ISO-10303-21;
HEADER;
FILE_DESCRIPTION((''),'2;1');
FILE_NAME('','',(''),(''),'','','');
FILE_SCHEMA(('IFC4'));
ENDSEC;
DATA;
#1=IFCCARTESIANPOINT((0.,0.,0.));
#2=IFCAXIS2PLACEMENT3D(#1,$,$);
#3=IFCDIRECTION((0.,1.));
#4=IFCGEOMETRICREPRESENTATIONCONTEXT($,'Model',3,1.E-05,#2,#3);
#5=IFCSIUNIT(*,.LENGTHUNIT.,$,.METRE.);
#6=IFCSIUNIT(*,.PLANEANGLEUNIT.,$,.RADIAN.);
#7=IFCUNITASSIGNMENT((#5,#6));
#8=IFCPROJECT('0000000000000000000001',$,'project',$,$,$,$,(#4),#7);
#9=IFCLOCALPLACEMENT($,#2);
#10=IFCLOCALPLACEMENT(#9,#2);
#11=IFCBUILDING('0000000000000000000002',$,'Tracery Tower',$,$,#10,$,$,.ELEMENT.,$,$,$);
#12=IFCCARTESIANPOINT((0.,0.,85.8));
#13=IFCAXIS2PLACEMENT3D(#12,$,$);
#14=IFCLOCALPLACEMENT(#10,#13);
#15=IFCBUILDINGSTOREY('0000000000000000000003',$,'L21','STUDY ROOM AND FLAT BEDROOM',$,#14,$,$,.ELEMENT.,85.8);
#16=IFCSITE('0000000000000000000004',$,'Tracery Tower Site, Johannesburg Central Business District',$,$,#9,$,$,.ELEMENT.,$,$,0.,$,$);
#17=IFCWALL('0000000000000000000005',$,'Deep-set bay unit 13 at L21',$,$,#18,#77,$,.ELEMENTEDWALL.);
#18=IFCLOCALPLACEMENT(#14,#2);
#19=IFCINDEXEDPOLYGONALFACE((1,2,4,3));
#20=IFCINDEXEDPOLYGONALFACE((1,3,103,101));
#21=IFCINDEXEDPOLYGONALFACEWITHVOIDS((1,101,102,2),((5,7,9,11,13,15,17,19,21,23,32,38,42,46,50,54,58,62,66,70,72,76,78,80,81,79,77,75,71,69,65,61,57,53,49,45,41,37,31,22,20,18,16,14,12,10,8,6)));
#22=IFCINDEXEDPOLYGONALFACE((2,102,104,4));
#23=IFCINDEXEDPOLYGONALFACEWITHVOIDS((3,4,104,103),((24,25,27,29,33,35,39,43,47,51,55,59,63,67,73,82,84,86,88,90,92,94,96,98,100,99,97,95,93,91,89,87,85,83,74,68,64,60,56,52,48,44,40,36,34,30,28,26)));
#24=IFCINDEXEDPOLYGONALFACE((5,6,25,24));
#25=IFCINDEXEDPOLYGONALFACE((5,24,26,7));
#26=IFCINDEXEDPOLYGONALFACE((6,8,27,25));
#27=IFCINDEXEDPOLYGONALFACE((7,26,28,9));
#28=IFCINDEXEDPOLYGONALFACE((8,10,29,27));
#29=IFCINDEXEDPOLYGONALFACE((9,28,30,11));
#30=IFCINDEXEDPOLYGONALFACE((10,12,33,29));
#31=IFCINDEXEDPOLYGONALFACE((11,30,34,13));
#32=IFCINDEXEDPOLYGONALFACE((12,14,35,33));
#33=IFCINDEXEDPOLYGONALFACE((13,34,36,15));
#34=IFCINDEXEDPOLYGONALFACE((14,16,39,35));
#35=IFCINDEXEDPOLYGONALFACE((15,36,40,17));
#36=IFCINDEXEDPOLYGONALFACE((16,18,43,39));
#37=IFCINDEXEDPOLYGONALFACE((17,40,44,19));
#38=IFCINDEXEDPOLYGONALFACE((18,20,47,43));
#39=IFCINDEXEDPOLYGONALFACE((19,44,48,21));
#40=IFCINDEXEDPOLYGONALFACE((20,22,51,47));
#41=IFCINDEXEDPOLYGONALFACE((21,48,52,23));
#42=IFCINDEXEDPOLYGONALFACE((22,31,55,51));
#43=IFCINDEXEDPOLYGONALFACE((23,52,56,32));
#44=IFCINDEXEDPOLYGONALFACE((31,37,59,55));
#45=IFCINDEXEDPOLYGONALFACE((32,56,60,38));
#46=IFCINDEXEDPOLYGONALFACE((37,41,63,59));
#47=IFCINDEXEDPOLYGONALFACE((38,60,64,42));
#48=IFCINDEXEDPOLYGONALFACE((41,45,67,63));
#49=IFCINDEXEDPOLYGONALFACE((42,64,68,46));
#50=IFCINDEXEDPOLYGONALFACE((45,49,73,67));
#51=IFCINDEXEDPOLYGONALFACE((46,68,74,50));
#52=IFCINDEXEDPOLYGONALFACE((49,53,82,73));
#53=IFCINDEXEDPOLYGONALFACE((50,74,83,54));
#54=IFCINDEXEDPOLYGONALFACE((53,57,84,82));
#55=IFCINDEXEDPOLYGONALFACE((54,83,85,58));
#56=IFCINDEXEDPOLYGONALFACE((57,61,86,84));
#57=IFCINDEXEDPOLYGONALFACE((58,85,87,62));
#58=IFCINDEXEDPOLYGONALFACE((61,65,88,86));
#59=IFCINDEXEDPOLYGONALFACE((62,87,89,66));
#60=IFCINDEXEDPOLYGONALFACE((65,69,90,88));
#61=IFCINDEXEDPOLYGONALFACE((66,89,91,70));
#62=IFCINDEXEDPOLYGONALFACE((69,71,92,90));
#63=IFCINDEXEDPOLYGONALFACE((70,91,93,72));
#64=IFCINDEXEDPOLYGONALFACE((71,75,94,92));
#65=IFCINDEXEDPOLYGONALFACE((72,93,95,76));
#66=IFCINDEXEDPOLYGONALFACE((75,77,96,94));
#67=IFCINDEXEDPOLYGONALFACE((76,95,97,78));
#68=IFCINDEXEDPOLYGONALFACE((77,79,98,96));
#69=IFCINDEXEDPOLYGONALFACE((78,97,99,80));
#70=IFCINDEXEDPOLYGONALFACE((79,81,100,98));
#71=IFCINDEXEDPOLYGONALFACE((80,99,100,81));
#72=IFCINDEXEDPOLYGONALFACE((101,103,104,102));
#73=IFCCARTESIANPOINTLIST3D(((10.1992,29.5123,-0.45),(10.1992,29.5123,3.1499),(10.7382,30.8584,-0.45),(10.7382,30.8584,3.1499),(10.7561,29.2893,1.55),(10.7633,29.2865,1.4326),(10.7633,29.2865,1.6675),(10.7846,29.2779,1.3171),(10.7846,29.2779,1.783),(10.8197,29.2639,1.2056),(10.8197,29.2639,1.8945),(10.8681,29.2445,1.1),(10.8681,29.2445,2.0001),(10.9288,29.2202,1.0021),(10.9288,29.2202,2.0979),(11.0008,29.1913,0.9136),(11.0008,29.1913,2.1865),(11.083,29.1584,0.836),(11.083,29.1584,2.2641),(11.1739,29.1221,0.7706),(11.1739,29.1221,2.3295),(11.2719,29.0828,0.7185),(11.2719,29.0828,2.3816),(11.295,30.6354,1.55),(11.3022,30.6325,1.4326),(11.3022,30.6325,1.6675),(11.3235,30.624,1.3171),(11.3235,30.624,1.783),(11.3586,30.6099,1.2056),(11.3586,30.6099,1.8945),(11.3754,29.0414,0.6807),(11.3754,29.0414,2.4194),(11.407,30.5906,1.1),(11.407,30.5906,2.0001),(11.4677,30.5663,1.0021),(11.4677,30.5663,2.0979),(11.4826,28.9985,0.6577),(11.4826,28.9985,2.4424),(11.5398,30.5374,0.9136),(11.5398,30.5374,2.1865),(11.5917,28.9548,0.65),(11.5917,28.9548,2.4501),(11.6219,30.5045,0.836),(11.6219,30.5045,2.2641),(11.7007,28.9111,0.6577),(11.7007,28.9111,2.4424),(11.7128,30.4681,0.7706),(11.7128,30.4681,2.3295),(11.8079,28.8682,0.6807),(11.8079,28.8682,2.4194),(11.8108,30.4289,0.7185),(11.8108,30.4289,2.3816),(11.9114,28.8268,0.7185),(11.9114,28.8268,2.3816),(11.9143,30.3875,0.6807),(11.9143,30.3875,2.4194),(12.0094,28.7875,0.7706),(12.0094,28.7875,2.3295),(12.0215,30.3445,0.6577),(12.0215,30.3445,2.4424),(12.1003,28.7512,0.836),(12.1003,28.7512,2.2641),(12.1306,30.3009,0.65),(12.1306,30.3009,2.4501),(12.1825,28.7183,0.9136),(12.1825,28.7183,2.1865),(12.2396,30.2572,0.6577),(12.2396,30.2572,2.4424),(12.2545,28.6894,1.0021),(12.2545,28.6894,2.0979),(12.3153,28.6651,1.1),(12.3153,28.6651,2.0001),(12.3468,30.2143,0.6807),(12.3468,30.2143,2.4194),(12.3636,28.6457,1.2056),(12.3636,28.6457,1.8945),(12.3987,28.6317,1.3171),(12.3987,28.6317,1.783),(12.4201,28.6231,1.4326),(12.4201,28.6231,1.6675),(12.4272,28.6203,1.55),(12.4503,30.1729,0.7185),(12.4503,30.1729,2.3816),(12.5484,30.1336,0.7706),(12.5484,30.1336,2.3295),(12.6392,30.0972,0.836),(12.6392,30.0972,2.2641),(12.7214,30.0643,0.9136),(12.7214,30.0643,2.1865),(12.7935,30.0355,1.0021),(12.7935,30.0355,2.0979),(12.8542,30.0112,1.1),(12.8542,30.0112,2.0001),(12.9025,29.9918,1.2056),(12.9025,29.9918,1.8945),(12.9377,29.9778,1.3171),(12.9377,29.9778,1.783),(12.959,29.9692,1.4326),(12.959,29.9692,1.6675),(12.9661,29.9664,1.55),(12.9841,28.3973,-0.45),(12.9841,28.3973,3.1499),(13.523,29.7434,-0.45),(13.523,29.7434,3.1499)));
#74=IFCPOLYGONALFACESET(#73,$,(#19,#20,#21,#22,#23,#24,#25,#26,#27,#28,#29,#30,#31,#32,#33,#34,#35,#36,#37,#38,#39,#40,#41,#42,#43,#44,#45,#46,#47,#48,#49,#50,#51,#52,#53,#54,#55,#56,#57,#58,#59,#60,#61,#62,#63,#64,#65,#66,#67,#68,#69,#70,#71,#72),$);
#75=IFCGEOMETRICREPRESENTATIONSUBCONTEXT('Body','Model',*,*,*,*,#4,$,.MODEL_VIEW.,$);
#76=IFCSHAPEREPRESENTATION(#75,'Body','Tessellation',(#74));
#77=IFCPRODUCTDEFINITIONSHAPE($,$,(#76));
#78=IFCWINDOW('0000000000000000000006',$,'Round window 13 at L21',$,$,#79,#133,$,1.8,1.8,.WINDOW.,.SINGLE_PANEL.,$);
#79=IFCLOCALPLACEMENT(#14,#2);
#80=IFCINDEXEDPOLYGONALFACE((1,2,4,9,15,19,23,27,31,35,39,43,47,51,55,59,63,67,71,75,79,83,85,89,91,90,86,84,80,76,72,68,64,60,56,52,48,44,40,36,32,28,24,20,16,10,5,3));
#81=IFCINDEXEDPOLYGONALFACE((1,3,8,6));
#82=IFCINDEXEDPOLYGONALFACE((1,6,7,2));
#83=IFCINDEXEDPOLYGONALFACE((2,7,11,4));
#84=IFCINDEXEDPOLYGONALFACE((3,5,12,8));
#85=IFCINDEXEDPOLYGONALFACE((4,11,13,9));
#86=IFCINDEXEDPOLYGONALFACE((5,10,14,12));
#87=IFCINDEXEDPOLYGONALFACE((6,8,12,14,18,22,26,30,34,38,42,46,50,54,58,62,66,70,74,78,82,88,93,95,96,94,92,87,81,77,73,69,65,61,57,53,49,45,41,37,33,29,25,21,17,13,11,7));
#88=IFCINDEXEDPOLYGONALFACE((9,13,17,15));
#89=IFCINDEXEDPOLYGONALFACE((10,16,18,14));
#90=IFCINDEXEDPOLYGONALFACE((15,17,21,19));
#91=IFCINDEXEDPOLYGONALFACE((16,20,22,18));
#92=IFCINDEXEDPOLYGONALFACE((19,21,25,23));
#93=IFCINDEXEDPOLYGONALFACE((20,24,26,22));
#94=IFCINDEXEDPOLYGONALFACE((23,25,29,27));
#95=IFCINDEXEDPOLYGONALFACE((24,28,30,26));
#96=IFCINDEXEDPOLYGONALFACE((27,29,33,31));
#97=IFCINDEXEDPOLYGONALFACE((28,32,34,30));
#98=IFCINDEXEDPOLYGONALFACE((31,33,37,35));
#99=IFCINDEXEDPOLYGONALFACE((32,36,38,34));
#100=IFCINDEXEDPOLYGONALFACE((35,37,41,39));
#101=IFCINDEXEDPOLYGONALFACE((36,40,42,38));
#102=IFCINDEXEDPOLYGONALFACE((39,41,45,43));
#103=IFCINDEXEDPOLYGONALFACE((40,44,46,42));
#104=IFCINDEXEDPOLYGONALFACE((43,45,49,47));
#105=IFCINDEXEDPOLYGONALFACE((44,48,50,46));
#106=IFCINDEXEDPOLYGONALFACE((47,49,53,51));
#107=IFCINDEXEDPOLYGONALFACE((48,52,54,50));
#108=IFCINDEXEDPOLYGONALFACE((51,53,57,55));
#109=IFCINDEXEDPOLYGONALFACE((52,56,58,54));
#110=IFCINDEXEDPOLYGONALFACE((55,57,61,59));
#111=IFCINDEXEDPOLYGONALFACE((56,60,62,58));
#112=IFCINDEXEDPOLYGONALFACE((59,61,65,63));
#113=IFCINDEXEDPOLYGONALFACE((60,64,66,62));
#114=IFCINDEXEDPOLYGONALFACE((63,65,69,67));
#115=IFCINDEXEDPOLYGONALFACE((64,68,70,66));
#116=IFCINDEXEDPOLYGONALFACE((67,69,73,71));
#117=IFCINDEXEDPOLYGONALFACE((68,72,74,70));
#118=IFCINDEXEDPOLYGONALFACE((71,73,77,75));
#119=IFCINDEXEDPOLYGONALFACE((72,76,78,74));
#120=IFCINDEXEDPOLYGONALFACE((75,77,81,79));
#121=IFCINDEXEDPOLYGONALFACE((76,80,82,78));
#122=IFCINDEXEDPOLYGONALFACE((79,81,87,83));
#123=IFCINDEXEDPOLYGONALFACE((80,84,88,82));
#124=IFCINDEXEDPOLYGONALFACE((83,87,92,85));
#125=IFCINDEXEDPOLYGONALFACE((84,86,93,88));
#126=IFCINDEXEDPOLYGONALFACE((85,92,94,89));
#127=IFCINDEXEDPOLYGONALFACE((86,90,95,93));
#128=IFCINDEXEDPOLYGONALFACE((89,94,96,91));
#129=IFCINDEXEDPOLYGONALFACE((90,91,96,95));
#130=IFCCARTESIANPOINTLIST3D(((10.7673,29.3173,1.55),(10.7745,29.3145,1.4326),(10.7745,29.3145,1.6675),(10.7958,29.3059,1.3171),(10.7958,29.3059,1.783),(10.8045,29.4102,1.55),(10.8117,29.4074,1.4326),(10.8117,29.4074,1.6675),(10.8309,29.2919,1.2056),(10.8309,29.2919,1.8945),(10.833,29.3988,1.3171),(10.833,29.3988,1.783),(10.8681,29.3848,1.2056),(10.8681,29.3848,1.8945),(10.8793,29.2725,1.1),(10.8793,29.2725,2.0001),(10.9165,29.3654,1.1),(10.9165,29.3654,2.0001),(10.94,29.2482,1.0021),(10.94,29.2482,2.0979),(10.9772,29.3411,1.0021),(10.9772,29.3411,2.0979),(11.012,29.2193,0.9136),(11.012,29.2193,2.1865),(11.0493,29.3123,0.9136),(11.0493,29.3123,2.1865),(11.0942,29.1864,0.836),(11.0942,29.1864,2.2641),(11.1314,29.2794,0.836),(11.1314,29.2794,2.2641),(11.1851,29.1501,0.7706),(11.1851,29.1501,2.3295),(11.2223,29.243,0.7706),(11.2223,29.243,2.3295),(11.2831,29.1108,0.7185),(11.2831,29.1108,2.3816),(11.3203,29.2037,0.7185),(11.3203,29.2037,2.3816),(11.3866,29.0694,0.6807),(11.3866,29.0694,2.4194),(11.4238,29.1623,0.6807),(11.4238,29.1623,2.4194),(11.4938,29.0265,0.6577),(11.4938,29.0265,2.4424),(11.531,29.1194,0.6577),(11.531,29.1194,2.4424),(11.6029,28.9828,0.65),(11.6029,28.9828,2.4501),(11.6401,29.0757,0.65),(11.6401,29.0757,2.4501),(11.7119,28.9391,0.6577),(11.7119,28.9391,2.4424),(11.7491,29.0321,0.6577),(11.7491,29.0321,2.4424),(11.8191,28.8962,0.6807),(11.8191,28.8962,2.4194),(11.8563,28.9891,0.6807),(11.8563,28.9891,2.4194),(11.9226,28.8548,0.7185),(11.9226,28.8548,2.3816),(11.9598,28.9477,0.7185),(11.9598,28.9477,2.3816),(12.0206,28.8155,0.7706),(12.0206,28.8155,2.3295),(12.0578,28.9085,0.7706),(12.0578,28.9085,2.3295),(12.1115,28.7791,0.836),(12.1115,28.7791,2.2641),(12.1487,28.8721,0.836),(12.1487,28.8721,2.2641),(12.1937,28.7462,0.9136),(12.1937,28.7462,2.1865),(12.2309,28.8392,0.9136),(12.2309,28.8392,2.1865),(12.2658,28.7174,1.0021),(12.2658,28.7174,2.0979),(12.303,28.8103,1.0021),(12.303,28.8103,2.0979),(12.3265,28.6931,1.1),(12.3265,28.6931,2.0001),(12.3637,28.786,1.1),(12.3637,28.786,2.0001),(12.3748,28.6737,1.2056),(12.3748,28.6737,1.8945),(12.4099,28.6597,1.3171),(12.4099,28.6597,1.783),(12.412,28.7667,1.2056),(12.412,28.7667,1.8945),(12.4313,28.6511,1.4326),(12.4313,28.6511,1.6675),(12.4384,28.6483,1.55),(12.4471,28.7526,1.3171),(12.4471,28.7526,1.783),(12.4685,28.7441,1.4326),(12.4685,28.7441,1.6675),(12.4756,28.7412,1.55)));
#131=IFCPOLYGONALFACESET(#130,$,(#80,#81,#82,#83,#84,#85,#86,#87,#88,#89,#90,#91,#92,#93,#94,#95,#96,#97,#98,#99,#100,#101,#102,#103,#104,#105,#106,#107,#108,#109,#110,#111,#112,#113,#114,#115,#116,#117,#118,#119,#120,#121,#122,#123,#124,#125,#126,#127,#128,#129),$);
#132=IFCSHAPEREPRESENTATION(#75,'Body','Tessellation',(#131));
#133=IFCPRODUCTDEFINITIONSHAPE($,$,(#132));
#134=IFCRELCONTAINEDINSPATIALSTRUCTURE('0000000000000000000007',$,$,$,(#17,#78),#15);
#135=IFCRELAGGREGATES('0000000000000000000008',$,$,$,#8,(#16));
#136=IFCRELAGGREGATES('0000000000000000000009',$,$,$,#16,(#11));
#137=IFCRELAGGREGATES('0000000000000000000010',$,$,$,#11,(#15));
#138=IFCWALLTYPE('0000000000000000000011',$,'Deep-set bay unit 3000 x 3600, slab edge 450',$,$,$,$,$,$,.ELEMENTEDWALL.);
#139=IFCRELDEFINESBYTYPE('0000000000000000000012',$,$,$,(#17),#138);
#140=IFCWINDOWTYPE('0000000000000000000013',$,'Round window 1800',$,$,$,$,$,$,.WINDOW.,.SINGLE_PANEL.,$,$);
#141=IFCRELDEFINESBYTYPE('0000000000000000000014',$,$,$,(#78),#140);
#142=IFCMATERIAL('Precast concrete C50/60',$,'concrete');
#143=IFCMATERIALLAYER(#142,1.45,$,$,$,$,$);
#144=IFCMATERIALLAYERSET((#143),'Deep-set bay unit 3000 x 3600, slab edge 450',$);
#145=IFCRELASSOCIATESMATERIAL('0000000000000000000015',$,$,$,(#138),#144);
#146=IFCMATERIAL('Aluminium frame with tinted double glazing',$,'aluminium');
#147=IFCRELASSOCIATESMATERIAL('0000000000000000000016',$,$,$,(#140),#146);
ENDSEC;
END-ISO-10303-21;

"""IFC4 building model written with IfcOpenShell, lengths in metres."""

from ifc_helpers import new_model, si_unit, direction, frame, frame_2d, origin, origin_2d, place, context, subcontext, project, spatial, rectangle, circle, extrude, material, layer, layer_set, type_object, element, fill, save


model = new_model("IFC4")

# Units and contexts
model_context = context("Model", 3, precision=1e-05, world=origin(), true_north=direction((0.0, 1.0)))
body_context = subcontext(model_context, "Body", "Model", "MODEL_VIEW")
ifc_project = project(units=[si_unit("LENGTHUNIT", "METRE"), si_unit("PLANEANGLEUNIT", "RADIAN")], contexts=[model_context])

# Site, building, storey
site_placement = place(None, origin())
site = spatial("IfcSite", under=ifc_project, at=site_placement, Name="Tracery Tower Site, Johannesburg Central Business District", CompositionType="ELEMENT", RefElevation=0.0)
building_placement = place(site_placement, origin())
building = spatial("IfcBuilding", under=site, at=building_placement, Name="Tracery Tower", CompositionType="ELEMENT")
storey_placement = place(building_placement, frame((0.0, 0.0, 85.8)))
storey = spatial("IfcBuildingStorey", under=building, at=storey_placement, Name="L21", Description="STUDY ROOM AND FLAT BEDROOM", CompositionType="ELEMENT", Elevation=85.8)

# Wall, opening, window
ifc_material_1 = material(Name="Precast concrete C50/60", Category="concrete")
ifc_layer_1 = layer(ifc_material_1, 1.45)
ifc_layer_set_1 = layer_set([ifc_layer_1], Name="Deep-set bay unit 3000 x 3600, slab edge 450")
wall_type_1 = type_object("IfcWallType", Name="Deep-set bay unit 3000 x 3600, slab edge 450", PredefinedType="ELEMENTEDWALL", material=ifc_layer_set_1)
wall_1_placement = place(storey_placement, frame((13.2537, 29.0703, -0.45), z_axis=(0.0, 0.0, 1.0), x_axis=(-0.928359, 0.371685, 0.0)))
wall_1 = element("IfcWall", 1, at=wall_1_placement, inside=storey, type_object=wall_type_1, Name="Deep-set bay unit 13 at L21", PredefinedType="ELEMENTEDWALL", context=body_context, shape_type="SweptSolid", body=[
    extrude(rectangle(XDim=2.9998, YDim=1.45, at=frame_2d((1.5, 0.0))), origin(), (0.0, 0.0, 1.0), 3.5999),
])
opening_1_placement = place(wall_1_placement, frame((1.5, 0.0, 2.0)))
opening_1 = element("IfcOpeningElement", 2, at=opening_1_placement, cuts=wall_1, PredefinedType="OPENING", context=body_context, shape_type="SweptSolid", body=[
    extrude(circle(Radius=0.9, at=origin_2d()), frame((0.0, 0.7349, 0.0), z_axis=(0.0, -1.0, 0.0), x_axis=(1.0, 0.0, 0.0)), (0.0, 0.0, 1.0), 1.47),
])
ifc_material_2 = material(Name="Aluminium frame with tinted double glazing", Category="aluminium")
window_type = type_object("IfcWindowType", Name="Round window 1800", PartitioningType="SINGLE_PANEL", PredefinedType="WINDOW", material=ifc_material_2)
window_1_placement = place(opening_1_placement, origin())
window_1 = element("IfcWindow", 3, at=window_1_placement, inside=storey, type_object=window_type, Name="Round window 13 at L21", OverallHeight=1.8, OverallWidth=1.8, PartitioningType="SINGLE_PANEL", PredefinedType="WINDOW", context=body_context, shape_type="SweptSolid", body=[
    extrude(circle(Radius=0.9, at=origin_2d()), frame((0.0, 0.6948, 0.0), z_axis=(0.0, -1.0, 0.0), x_axis=(1.0, 0.0, 0.0)), (0.0, 0.0, 1.0), 0.1001),
])
fill(opening_1, window_1)

save(model, "model.ifc")
